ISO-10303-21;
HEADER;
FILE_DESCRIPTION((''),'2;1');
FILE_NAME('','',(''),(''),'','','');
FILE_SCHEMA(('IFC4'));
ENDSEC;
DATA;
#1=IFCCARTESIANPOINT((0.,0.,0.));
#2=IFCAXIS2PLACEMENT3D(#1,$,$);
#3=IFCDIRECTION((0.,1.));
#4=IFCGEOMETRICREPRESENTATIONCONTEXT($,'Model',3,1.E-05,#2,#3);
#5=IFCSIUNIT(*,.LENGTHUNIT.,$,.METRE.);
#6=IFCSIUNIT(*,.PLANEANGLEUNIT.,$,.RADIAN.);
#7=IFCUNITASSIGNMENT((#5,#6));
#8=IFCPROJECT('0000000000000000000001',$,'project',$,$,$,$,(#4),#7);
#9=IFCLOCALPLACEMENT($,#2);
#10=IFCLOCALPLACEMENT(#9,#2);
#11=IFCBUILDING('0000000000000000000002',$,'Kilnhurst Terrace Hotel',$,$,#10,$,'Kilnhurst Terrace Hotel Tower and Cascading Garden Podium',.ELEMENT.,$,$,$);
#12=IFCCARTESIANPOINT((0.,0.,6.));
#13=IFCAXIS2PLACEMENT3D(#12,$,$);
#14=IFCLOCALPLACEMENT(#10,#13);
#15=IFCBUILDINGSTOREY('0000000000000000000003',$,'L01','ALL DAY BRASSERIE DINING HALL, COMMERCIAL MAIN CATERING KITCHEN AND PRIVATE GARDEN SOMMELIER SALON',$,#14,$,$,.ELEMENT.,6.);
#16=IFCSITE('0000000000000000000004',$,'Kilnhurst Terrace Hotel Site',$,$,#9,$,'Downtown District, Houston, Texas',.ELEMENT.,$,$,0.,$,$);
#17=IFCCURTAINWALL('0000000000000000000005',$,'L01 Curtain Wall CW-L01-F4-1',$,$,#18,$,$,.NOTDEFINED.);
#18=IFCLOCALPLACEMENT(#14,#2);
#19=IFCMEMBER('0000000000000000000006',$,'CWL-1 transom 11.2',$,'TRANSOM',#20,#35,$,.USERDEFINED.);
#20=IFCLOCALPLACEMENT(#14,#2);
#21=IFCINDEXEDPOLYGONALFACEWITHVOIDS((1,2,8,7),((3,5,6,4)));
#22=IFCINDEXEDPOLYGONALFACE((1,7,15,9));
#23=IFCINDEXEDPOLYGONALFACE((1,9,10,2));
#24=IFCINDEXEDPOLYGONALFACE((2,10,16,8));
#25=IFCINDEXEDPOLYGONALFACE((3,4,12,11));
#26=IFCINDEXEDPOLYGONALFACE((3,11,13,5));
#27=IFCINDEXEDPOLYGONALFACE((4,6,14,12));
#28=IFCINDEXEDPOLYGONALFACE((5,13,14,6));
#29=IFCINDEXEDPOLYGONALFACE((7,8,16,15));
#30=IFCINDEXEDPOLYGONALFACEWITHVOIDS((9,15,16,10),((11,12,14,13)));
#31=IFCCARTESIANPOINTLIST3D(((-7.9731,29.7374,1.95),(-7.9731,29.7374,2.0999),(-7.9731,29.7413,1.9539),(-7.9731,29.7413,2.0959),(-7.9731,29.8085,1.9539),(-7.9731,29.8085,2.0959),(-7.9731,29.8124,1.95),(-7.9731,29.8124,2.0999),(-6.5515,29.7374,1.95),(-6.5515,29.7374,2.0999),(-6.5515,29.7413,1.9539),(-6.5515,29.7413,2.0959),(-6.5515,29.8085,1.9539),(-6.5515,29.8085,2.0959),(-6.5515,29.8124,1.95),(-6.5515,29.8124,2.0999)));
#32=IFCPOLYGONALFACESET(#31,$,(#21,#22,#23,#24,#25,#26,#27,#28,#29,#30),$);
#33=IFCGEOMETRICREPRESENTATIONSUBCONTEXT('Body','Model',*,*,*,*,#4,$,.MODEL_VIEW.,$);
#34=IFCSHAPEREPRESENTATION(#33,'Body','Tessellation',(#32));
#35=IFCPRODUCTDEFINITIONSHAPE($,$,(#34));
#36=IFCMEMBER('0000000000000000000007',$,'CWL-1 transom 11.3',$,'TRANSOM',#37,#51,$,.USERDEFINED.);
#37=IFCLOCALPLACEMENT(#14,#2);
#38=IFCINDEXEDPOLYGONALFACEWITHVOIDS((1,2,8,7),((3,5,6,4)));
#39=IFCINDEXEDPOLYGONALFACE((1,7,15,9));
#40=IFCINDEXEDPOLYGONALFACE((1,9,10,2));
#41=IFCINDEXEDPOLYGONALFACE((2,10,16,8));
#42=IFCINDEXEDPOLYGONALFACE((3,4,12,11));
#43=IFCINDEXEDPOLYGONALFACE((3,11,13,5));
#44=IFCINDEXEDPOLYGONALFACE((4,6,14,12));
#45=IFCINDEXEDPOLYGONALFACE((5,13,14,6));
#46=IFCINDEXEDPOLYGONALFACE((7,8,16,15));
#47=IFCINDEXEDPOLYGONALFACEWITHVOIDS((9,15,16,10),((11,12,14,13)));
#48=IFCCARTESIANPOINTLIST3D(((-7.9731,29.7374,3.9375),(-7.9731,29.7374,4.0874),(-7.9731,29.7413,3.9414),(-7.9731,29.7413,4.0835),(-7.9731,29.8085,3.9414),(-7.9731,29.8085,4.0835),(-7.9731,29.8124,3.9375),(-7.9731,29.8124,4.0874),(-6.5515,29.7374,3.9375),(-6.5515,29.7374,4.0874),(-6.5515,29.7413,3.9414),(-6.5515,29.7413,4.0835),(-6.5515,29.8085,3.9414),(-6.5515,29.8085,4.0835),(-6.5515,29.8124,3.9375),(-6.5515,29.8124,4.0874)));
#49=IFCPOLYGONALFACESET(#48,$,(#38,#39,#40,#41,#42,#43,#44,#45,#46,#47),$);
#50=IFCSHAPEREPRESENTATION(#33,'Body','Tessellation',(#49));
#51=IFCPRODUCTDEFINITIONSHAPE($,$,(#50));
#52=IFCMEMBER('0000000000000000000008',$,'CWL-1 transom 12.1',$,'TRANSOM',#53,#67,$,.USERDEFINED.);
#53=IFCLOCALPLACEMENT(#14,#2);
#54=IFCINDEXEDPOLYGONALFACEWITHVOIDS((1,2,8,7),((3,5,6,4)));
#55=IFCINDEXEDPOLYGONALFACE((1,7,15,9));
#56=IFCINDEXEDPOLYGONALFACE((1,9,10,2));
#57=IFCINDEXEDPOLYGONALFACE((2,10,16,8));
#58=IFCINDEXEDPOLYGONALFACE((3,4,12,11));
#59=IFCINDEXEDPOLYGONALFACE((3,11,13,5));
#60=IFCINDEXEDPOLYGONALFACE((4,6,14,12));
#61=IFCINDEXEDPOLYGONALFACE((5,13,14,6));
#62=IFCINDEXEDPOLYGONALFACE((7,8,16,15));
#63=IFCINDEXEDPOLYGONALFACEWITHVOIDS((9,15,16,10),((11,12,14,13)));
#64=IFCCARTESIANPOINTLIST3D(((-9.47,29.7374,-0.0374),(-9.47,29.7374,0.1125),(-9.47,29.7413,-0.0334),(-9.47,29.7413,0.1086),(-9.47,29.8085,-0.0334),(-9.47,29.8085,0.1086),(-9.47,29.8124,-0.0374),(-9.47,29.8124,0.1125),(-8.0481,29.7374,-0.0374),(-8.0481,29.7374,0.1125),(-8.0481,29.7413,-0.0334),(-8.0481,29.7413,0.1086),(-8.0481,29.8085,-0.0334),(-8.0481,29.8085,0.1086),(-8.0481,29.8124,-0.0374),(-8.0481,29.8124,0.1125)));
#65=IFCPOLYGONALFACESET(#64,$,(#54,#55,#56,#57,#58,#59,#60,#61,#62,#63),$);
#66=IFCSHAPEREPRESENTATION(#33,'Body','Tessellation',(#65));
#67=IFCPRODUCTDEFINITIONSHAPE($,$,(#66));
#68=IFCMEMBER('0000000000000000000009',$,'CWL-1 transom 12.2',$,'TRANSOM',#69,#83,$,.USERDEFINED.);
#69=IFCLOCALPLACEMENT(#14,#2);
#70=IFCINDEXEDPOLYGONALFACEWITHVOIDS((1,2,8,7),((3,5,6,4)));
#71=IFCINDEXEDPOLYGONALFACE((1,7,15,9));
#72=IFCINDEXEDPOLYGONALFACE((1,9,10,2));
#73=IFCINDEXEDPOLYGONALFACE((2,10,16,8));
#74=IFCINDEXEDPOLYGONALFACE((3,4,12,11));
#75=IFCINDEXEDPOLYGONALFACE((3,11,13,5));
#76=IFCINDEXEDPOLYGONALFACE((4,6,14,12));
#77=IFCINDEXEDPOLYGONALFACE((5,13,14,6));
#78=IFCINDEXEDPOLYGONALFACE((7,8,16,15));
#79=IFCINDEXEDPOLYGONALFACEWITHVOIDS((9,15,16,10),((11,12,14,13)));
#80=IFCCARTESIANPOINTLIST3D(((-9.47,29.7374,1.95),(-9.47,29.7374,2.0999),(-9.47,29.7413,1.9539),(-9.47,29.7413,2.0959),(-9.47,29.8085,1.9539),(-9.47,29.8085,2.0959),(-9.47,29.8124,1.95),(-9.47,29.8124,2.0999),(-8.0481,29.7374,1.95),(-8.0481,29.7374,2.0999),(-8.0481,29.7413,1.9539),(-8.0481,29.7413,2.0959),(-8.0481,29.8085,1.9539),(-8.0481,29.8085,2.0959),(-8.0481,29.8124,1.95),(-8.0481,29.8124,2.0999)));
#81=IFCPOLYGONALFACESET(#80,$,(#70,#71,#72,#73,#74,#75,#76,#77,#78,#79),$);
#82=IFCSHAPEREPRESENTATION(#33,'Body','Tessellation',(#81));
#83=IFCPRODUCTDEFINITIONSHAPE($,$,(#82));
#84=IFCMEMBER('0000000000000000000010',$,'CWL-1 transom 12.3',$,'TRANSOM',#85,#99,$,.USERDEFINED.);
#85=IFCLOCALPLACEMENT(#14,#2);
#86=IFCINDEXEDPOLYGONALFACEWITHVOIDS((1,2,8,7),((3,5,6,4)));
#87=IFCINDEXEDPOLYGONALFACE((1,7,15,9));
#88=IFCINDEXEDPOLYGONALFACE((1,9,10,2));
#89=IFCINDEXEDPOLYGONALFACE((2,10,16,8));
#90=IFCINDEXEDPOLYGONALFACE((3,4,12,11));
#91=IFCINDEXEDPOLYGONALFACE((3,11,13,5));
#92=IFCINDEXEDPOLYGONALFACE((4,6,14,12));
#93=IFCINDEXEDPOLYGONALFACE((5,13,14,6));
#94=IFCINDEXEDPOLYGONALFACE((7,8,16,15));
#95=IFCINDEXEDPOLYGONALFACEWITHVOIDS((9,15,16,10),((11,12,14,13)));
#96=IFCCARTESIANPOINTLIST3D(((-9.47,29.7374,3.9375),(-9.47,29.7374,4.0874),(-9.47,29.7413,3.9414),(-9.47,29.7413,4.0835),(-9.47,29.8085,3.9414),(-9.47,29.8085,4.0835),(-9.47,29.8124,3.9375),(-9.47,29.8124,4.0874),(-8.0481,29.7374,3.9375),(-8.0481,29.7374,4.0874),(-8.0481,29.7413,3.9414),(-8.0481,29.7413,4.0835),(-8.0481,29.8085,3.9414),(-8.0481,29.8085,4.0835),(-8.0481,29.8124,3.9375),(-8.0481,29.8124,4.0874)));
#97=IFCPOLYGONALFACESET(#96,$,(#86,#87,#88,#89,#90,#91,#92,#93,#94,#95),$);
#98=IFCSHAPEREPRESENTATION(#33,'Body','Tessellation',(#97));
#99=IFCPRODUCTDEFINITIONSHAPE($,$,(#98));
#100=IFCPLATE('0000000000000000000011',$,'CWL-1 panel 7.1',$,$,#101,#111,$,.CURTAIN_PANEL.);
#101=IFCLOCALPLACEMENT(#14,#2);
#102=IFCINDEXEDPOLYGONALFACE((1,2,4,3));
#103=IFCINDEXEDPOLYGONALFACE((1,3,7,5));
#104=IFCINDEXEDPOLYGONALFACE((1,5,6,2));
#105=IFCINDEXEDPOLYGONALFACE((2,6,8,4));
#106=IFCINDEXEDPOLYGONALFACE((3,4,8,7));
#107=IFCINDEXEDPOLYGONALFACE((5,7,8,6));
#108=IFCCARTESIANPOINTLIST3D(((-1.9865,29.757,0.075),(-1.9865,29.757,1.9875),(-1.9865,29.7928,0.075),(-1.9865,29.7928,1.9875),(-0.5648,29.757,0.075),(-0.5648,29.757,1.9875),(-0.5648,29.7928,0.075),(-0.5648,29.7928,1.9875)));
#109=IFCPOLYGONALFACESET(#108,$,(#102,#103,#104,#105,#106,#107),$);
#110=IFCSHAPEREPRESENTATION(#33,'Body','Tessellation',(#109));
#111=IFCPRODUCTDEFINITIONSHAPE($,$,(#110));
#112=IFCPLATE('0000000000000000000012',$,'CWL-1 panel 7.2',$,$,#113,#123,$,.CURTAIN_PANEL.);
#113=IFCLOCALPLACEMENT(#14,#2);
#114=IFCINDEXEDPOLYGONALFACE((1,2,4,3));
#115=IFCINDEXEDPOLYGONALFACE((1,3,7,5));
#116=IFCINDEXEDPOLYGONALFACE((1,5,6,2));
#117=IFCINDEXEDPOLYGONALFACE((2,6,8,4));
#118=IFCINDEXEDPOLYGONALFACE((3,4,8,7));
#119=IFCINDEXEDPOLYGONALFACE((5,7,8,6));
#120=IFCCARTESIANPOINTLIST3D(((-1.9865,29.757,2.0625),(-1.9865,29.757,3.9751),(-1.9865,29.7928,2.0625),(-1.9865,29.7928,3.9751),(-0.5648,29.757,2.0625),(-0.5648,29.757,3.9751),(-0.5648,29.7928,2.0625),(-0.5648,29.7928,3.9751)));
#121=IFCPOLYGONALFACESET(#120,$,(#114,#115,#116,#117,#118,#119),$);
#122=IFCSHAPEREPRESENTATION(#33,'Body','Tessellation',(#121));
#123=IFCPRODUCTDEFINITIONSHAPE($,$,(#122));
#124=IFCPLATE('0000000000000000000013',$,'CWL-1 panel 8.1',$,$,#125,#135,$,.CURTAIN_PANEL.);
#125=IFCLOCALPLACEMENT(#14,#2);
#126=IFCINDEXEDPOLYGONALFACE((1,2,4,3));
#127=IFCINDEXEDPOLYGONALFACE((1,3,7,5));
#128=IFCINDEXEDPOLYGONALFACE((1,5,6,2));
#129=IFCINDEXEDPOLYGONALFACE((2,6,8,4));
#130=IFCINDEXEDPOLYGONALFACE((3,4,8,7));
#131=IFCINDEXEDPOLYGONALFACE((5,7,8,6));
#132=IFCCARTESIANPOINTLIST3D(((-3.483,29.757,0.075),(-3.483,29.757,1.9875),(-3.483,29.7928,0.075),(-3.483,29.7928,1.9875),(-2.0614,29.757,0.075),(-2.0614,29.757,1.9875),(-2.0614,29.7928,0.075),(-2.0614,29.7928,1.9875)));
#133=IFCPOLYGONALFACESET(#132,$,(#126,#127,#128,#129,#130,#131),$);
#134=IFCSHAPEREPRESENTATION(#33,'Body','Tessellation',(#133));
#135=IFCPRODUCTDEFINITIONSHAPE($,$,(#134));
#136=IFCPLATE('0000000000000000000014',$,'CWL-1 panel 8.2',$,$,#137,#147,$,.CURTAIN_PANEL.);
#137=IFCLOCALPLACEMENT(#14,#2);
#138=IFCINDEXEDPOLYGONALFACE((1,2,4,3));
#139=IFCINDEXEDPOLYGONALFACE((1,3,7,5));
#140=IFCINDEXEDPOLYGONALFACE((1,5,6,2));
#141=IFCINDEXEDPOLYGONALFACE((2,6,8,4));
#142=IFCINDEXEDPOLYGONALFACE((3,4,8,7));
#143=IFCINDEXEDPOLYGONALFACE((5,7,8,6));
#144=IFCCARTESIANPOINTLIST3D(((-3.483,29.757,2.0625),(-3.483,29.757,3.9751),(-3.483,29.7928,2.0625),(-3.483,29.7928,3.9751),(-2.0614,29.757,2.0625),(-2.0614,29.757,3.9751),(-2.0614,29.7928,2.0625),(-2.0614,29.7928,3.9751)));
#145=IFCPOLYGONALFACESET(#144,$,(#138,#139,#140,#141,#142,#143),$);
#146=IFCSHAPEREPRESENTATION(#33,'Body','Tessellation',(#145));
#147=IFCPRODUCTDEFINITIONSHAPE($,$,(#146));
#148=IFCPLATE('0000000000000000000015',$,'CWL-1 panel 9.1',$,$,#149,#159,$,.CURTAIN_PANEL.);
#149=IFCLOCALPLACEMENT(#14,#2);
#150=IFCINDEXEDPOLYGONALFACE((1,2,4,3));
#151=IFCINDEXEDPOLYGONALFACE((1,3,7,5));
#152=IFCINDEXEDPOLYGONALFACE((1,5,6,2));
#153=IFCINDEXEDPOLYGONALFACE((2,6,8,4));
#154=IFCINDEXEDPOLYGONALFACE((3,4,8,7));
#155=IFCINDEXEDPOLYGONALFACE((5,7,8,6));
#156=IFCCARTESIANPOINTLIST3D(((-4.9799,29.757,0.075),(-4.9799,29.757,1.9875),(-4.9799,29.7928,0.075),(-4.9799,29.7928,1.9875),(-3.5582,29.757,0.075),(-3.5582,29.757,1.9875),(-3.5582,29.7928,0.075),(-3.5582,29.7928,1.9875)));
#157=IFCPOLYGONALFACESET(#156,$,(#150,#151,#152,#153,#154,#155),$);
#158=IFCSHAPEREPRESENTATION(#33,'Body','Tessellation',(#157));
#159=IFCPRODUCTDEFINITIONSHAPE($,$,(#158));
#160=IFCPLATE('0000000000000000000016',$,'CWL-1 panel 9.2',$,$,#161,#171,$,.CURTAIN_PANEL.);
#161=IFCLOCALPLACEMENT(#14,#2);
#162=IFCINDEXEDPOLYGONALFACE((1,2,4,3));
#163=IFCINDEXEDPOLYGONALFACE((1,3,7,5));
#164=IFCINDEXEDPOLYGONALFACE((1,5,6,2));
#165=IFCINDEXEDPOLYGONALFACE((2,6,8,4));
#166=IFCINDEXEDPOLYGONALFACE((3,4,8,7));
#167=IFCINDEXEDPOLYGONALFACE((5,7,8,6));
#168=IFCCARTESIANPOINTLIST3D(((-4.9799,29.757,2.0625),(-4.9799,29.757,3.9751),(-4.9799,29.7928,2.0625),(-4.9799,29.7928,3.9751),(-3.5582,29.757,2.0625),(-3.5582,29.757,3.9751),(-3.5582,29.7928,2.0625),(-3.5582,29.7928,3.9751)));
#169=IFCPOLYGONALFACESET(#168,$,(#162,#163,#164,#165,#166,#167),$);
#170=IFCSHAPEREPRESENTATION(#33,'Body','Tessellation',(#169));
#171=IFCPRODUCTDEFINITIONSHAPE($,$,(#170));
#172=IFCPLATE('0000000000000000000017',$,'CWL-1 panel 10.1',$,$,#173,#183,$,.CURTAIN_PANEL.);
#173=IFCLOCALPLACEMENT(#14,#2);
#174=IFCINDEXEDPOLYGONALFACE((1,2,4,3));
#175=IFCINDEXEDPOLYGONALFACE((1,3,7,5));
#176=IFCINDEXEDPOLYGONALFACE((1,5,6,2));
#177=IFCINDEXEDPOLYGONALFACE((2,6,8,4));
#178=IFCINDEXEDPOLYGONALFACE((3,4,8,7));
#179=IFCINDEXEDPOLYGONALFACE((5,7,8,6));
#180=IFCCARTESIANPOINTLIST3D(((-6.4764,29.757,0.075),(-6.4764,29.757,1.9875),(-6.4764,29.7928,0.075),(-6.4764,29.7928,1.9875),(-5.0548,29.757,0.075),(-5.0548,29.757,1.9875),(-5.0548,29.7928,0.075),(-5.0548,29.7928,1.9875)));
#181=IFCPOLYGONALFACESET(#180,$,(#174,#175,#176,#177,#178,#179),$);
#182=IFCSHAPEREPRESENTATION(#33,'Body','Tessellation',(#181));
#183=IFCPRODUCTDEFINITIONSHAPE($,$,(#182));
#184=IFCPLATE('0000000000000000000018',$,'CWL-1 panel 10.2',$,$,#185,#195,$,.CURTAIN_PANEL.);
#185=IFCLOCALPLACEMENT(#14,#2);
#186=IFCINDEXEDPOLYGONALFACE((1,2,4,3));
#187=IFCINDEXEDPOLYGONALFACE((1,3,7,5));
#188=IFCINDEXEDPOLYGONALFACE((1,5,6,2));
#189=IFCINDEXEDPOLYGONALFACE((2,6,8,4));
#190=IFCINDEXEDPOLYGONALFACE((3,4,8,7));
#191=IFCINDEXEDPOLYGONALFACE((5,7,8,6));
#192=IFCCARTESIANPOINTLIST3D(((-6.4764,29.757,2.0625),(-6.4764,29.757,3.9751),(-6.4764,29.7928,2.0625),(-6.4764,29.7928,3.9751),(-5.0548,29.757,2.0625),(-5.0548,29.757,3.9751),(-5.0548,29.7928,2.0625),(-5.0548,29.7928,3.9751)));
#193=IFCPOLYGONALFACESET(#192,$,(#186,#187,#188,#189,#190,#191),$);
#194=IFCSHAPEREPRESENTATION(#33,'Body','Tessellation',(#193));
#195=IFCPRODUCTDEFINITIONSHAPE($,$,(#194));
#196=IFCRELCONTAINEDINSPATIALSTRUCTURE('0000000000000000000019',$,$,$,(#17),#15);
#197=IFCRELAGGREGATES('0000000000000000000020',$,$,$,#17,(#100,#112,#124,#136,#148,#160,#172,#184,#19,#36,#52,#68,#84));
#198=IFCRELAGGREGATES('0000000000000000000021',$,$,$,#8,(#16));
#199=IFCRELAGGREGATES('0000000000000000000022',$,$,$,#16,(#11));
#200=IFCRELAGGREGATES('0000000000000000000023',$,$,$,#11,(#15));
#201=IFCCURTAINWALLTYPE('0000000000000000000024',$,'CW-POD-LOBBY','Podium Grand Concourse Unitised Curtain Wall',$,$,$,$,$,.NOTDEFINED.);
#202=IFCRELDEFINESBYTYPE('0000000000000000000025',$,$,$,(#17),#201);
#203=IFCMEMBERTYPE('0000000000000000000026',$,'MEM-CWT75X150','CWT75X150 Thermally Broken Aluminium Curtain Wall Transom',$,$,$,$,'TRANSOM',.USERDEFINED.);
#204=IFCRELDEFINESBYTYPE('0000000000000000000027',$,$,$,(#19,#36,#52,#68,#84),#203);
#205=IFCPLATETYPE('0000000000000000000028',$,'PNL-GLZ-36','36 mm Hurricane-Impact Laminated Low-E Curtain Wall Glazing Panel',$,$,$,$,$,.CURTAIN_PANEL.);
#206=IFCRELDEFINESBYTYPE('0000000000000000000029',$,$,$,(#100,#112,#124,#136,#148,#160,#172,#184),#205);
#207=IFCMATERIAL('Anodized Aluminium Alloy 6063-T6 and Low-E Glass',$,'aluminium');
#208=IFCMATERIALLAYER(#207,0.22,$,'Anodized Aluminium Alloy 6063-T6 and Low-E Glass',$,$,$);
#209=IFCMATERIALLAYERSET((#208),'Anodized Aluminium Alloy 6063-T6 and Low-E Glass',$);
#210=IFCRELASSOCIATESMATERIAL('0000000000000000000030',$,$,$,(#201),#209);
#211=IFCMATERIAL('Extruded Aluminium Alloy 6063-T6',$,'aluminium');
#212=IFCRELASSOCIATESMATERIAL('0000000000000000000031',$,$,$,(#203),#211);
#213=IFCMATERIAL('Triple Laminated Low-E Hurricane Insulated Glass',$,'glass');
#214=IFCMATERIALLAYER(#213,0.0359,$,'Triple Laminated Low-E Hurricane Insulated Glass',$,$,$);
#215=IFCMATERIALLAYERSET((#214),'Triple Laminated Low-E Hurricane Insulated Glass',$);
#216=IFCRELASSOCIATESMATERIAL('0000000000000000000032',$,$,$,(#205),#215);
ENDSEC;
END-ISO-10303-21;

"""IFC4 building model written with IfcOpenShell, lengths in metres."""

from ifc_helpers import new_model, si_unit, direction, frame, origin, origin_2d, place, context, subcontext, project, spatial, rectangle, hollow_rectangle, extrude, material, layer, layer_set, material_profile, profile_set, type_object, element, aggregate, save


model = new_model("IFC4")

# Units and contexts
model_context = context("Model", 3, precision=1e-05, world=origin(), true_north=direction((0.0, 1.0)))
body_context = subcontext(model_context, "Body", "Model", "MODEL_VIEW")
ifc_project = project(units=[si_unit("LENGTHUNIT", "METRE"), si_unit("PLANEANGLEUNIT", "RADIAN")], contexts=[model_context])

# Site, building, storey
site_placement = place(None, origin())
site = spatial("IfcSite", under=ifc_project, at=site_placement, Name="Kilnhurst Terrace Hotel Site", LongName="Downtown District, Houston, Texas", CompositionType="ELEMENT", RefElevation=0.0)
building_placement = place(site_placement, origin())
building = spatial("IfcBuilding", under=site, at=building_placement, Name="Kilnhurst Terrace Hotel", LongName="Kilnhurst Terrace Hotel Tower and Cascading Garden Podium", CompositionType="ELEMENT")
storey_placement = place(building_placement, frame((0.0, 0.0, 6.0)))
storey = spatial("IfcBuildingStorey", under=building, at=storey_placement, Name="L01", Description="ALL DAY BRASSERIE DINING HALL, COMMERCIAL MAIN CATERING KITCHEN AND PRIVATE GARDEN SOMMELIER SALON", CompositionType="ELEMENT", Elevation=6.0)

# Curtain wall, members, plates
ifc_material_1 = material(Name="Anodized Aluminium Alloy 6063-T6 and Low-E Glass", Category="aluminium")
ifc_layer_1 = layer(ifc_material_1, 0.22, Name="Anodized Aluminium Alloy 6063-T6 and Low-E Glass")
ifc_layer_set_1 = layer_set([ifc_layer_1], Name="Anodized Aluminium Alloy 6063-T6 and Low-E Glass")
curtain_wall_type = type_object("IfcCurtainWallType", Name="CW-POD-LOBBY", Description="Podium Grand Concourse Unitised Curtain Wall", PredefinedType="NOTDEFINED", material=ifc_layer_set_1)
curtain_wall_placement = place(storey_placement, origin())
curtain_wall = element("IfcCurtainWall", 1, at=curtain_wall_placement, inside=storey, type_object=curtain_wall_type, Name="L01 Curtain Wall CW-L01-F4-1", PredefinedType="NOTDEFINED")
ifc_material_2 = material(Name="Extruded Aluminium Alloy 6063-T6", Category="aluminium")
ifc_material_profile_1 = material_profile(ifc_material_2, hollow_rectangle(XDim=0.075, YDim=0.1499, WallThickness=0.0039, at=origin_2d()), Name="CWT75X150")
ifc_profile_set_1 = profile_set([ifc_material_profile_1], Name="Extruded Aluminium Alloy 6063-T6")
member_type_1 = type_object("IfcMemberType", Name="MEM-CWT75X150", Description="CWT75X150 Thermally Broken Aluminium Curtain Wall Transom", ElementType="TRANSOM", PredefinedType="USERDEFINED", material=ifc_profile_set_1)
member_1_placement = place(storey_placement, frame((-6.5515, 29.7749, 2.0249), z_axis=(-1.0, 0.0, 0.0), x_axis=(0.0, -1.0, 0.0)))
member_1 = element("IfcMember", 2, at=member_1_placement, type_object=member_type_1, Name="CWL-1 transom 11.2", ObjectType="TRANSOM", PredefinedType="USERDEFINED", context=body_context, shape_type="SweptSolid", body=[
    extrude(hollow_rectangle(XDim=0.075, YDim=0.1499, WallThickness=0.0039, at=origin_2d()), origin(), (0.0, 0.0, 1.0), 1.4216),
])
member_2_placement = place(storey_placement, frame((-6.5515, 29.7749, 4.0125), z_axis=(-1.0, 0.0, 0.0), x_axis=(0.0, -1.0, 0.0)))
member_2 = element("IfcMember", 3, at=member_2_placement, type_object=member_type_1, Name="CWL-1 transom 11.3", ObjectType="TRANSOM", PredefinedType="USERDEFINED", context=body_context, shape_type="SweptSolid", body=[
    extrude(hollow_rectangle(XDim=0.075, YDim=0.1499, WallThickness=0.0039, at=origin_2d()), origin(), (0.0, 0.0, 1.0), 1.4216),
])
member_3_placement = place(storey_placement, frame((-8.0481, 29.7749, 0.0376), z_axis=(-1.0, 0.0, 0.0), x_axis=(0.0, -1.0, 0.0)))
member_3 = element("IfcMember", 4, at=member_3_placement, type_object=member_type_1, Name="CWL-1 transom 12.1", ObjectType="TRANSOM", PredefinedType="USERDEFINED", context=body_context, shape_type="SweptSolid", body=[
    extrude(hollow_rectangle(XDim=0.075, YDim=0.1499, WallThickness=0.0039, at=origin_2d()), origin(), (0.0, 0.0, 1.0), 1.4219),
])
member_4_placement = place(storey_placement, frame((-8.0481, 29.7749, 2.0249), z_axis=(-1.0, 0.0, 0.0), x_axis=(0.0, -1.0, 0.0)))
member_4 = element("IfcMember", 5, at=member_4_placement, type_object=member_type_1, Name="CWL-1 transom 12.2", ObjectType="TRANSOM", PredefinedType="USERDEFINED", context=body_context, shape_type="SweptSolid", body=[
    extrude(hollow_rectangle(XDim=0.075, YDim=0.1499, WallThickness=0.0039, at=origin_2d()), origin(), (0.0, 0.0, 1.0), 1.4219),
])
member_5_placement = place(storey_placement, frame((-8.0481, 29.7749, 4.0125), z_axis=(-1.0, 0.0, 0.0), x_axis=(0.0, -1.0, 0.0)))
member_5 = element("IfcMember", 6, at=member_5_placement, type_object=member_type_1, Name="CWL-1 transom 12.3", ObjectType="TRANSOM", PredefinedType="USERDEFINED", context=body_context, shape_type="SweptSolid", body=[
    extrude(hollow_rectangle(XDim=0.075, YDim=0.1499, WallThickness=0.0039, at=origin_2d()), origin(), (0.0, 0.0, 1.0), 1.4219),
])
ifc_material_3 = material(Name="Triple Laminated Low-E Hurricane Insulated Glass", Category="glass")
ifc_layer_2 = layer(ifc_material_3, 0.0359, Name="Triple Laminated Low-E Hurricane Insulated Glass")
ifc_layer_set_2 = layer_set([ifc_layer_2], Name="Triple Laminated Low-E Hurricane Insulated Glass")
plate_type = type_object("IfcPlateType", Name="PNL-GLZ-36", Description="36 mm Hurricane-Impact Laminated Low-E Curtain Wall Glazing Panel", PredefinedType="CURTAIN_PANEL", material=ifc_layer_set_2)
plate_1_placement = place(storey_placement, frame((-1.2756, 29.7749, 0.075), z_axis=(0.0, 0.0, 1.0), x_axis=(-1.0, 0.0, 0.0)))
plate_1 = element("IfcPlate", 7, at=plate_1_placement, type_object=plate_type, Name="CWL-1 panel 7.1", PredefinedType="CURTAIN_PANEL", context=body_context, shape_type="SweptSolid", body=[
    extrude(rectangle(XDim=1.4216, YDim=0.0359, at=origin_2d()), origin(), (0.0, 0.0, 1.0), 1.9126),
])
plate_2_placement = place(storey_placement, frame((-1.2756, 29.7749, 2.0625), z_axis=(0.0, 0.0, 1.0), x_axis=(-1.0, 0.0, 0.0)))
plate_2 = element("IfcPlate", 8, at=plate_2_placement, type_object=plate_type, Name="CWL-1 panel 7.2", PredefinedType="CURTAIN_PANEL", context=body_context, shape_type="SweptSolid", body=[
    extrude(rectangle(XDim=1.4216, YDim=0.0359, at=origin_2d()), origin(), (0.0, 0.0, 1.0), 1.9126),
])
plate_3_placement = place(storey_placement, frame((-2.7722, 29.7749, 0.075), z_axis=(0.0, 0.0, 1.0), x_axis=(-1.0, 0.0, 0.0)))
plate_3 = element("IfcPlate", 9, at=plate_3_placement, type_object=plate_type, Name="CWL-1 panel 8.1", PredefinedType="CURTAIN_PANEL", context=body_context, shape_type="SweptSolid", body=[
    extrude(rectangle(XDim=1.4216, YDim=0.0359, at=origin_2d()), origin(), (0.0, 0.0, 1.0), 1.9126),
])
plate_4_placement = place(storey_placement, frame((-2.7722, 29.7749, 2.0625), z_axis=(0.0, 0.0, 1.0), x_axis=(-1.0, 0.0, 0.0)))
plate_4 = element("IfcPlate", 10, at=plate_4_placement, type_object=plate_type, Name="CWL-1 panel 8.2", PredefinedType="CURTAIN_PANEL", context=body_context, shape_type="SweptSolid", body=[
    extrude(rectangle(XDim=1.4216, YDim=0.0359, at=origin_2d()), origin(), (0.0, 0.0, 1.0), 1.9126),
])
plate_5_placement = place(storey_placement, frame((-4.269, 29.7749, 0.075), z_axis=(0.0, 0.0, 1.0), x_axis=(-1.0, 0.0, 0.0)))
plate_5 = element("IfcPlate", 11, at=plate_5_placement, type_object=plate_type, Name="CWL-1 panel 9.1", PredefinedType="CURTAIN_PANEL", context=body_context, shape_type="SweptSolid", body=[
    extrude(rectangle(XDim=1.4216, YDim=0.0359, at=origin_2d()), origin(), (0.0, 0.0, 1.0), 1.9126),
])
plate_6_placement = place(storey_placement, frame((-4.269, 29.7749, 2.0625), z_axis=(0.0, 0.0, 1.0), x_axis=(-1.0, 0.0, 0.0)))
plate_6 = element("IfcPlate", 12, at=plate_6_placement, type_object=plate_type, Name="CWL-1 panel 9.2", PredefinedType="CURTAIN_PANEL", context=body_context, shape_type="SweptSolid", body=[
    extrude(rectangle(XDim=1.4216, YDim=0.0359, at=origin_2d()), origin(), (0.0, 0.0, 1.0), 1.9126),
])
plate_7_placement = place(storey_placement, frame((-5.7656, 29.7749, 0.075), z_axis=(0.0, 0.0, 1.0), x_axis=(-1.0, 0.0, 0.0)))
plate_7 = element("IfcPlate", 13, at=plate_7_placement, type_object=plate_type, Name="CWL-1 panel 10.1", PredefinedType="CURTAIN_PANEL", context=body_context, shape_type="SweptSolid", body=[
    extrude(rectangle(XDim=1.4216, YDim=0.0359, at=origin_2d()), origin(), (0.0, 0.0, 1.0), 1.9126),
])
plate_8_placement = place(storey_placement, frame((-5.7656, 29.7749, 2.0625), z_axis=(0.0, 0.0, 1.0), x_axis=(-1.0, 0.0, 0.0)))
plate_8 = element("IfcPlate", 14, at=plate_8_placement, type_object=plate_type, Name="CWL-1 panel 10.2", PredefinedType="CURTAIN_PANEL", context=body_context, shape_type="SweptSolid", body=[
    extrude(rectangle(XDim=1.4216, YDim=0.0359, at=origin_2d()), origin(), (0.0, 0.0, 1.0), 1.9126),
])
aggregate(curtain_wall, [plate_1, plate_2, plate_3, plate_4, plate_5, plate_6, plate_7, plate_8, member_1, member_2, member_3, member_4, member_5])

save(model, "model.ifc")
